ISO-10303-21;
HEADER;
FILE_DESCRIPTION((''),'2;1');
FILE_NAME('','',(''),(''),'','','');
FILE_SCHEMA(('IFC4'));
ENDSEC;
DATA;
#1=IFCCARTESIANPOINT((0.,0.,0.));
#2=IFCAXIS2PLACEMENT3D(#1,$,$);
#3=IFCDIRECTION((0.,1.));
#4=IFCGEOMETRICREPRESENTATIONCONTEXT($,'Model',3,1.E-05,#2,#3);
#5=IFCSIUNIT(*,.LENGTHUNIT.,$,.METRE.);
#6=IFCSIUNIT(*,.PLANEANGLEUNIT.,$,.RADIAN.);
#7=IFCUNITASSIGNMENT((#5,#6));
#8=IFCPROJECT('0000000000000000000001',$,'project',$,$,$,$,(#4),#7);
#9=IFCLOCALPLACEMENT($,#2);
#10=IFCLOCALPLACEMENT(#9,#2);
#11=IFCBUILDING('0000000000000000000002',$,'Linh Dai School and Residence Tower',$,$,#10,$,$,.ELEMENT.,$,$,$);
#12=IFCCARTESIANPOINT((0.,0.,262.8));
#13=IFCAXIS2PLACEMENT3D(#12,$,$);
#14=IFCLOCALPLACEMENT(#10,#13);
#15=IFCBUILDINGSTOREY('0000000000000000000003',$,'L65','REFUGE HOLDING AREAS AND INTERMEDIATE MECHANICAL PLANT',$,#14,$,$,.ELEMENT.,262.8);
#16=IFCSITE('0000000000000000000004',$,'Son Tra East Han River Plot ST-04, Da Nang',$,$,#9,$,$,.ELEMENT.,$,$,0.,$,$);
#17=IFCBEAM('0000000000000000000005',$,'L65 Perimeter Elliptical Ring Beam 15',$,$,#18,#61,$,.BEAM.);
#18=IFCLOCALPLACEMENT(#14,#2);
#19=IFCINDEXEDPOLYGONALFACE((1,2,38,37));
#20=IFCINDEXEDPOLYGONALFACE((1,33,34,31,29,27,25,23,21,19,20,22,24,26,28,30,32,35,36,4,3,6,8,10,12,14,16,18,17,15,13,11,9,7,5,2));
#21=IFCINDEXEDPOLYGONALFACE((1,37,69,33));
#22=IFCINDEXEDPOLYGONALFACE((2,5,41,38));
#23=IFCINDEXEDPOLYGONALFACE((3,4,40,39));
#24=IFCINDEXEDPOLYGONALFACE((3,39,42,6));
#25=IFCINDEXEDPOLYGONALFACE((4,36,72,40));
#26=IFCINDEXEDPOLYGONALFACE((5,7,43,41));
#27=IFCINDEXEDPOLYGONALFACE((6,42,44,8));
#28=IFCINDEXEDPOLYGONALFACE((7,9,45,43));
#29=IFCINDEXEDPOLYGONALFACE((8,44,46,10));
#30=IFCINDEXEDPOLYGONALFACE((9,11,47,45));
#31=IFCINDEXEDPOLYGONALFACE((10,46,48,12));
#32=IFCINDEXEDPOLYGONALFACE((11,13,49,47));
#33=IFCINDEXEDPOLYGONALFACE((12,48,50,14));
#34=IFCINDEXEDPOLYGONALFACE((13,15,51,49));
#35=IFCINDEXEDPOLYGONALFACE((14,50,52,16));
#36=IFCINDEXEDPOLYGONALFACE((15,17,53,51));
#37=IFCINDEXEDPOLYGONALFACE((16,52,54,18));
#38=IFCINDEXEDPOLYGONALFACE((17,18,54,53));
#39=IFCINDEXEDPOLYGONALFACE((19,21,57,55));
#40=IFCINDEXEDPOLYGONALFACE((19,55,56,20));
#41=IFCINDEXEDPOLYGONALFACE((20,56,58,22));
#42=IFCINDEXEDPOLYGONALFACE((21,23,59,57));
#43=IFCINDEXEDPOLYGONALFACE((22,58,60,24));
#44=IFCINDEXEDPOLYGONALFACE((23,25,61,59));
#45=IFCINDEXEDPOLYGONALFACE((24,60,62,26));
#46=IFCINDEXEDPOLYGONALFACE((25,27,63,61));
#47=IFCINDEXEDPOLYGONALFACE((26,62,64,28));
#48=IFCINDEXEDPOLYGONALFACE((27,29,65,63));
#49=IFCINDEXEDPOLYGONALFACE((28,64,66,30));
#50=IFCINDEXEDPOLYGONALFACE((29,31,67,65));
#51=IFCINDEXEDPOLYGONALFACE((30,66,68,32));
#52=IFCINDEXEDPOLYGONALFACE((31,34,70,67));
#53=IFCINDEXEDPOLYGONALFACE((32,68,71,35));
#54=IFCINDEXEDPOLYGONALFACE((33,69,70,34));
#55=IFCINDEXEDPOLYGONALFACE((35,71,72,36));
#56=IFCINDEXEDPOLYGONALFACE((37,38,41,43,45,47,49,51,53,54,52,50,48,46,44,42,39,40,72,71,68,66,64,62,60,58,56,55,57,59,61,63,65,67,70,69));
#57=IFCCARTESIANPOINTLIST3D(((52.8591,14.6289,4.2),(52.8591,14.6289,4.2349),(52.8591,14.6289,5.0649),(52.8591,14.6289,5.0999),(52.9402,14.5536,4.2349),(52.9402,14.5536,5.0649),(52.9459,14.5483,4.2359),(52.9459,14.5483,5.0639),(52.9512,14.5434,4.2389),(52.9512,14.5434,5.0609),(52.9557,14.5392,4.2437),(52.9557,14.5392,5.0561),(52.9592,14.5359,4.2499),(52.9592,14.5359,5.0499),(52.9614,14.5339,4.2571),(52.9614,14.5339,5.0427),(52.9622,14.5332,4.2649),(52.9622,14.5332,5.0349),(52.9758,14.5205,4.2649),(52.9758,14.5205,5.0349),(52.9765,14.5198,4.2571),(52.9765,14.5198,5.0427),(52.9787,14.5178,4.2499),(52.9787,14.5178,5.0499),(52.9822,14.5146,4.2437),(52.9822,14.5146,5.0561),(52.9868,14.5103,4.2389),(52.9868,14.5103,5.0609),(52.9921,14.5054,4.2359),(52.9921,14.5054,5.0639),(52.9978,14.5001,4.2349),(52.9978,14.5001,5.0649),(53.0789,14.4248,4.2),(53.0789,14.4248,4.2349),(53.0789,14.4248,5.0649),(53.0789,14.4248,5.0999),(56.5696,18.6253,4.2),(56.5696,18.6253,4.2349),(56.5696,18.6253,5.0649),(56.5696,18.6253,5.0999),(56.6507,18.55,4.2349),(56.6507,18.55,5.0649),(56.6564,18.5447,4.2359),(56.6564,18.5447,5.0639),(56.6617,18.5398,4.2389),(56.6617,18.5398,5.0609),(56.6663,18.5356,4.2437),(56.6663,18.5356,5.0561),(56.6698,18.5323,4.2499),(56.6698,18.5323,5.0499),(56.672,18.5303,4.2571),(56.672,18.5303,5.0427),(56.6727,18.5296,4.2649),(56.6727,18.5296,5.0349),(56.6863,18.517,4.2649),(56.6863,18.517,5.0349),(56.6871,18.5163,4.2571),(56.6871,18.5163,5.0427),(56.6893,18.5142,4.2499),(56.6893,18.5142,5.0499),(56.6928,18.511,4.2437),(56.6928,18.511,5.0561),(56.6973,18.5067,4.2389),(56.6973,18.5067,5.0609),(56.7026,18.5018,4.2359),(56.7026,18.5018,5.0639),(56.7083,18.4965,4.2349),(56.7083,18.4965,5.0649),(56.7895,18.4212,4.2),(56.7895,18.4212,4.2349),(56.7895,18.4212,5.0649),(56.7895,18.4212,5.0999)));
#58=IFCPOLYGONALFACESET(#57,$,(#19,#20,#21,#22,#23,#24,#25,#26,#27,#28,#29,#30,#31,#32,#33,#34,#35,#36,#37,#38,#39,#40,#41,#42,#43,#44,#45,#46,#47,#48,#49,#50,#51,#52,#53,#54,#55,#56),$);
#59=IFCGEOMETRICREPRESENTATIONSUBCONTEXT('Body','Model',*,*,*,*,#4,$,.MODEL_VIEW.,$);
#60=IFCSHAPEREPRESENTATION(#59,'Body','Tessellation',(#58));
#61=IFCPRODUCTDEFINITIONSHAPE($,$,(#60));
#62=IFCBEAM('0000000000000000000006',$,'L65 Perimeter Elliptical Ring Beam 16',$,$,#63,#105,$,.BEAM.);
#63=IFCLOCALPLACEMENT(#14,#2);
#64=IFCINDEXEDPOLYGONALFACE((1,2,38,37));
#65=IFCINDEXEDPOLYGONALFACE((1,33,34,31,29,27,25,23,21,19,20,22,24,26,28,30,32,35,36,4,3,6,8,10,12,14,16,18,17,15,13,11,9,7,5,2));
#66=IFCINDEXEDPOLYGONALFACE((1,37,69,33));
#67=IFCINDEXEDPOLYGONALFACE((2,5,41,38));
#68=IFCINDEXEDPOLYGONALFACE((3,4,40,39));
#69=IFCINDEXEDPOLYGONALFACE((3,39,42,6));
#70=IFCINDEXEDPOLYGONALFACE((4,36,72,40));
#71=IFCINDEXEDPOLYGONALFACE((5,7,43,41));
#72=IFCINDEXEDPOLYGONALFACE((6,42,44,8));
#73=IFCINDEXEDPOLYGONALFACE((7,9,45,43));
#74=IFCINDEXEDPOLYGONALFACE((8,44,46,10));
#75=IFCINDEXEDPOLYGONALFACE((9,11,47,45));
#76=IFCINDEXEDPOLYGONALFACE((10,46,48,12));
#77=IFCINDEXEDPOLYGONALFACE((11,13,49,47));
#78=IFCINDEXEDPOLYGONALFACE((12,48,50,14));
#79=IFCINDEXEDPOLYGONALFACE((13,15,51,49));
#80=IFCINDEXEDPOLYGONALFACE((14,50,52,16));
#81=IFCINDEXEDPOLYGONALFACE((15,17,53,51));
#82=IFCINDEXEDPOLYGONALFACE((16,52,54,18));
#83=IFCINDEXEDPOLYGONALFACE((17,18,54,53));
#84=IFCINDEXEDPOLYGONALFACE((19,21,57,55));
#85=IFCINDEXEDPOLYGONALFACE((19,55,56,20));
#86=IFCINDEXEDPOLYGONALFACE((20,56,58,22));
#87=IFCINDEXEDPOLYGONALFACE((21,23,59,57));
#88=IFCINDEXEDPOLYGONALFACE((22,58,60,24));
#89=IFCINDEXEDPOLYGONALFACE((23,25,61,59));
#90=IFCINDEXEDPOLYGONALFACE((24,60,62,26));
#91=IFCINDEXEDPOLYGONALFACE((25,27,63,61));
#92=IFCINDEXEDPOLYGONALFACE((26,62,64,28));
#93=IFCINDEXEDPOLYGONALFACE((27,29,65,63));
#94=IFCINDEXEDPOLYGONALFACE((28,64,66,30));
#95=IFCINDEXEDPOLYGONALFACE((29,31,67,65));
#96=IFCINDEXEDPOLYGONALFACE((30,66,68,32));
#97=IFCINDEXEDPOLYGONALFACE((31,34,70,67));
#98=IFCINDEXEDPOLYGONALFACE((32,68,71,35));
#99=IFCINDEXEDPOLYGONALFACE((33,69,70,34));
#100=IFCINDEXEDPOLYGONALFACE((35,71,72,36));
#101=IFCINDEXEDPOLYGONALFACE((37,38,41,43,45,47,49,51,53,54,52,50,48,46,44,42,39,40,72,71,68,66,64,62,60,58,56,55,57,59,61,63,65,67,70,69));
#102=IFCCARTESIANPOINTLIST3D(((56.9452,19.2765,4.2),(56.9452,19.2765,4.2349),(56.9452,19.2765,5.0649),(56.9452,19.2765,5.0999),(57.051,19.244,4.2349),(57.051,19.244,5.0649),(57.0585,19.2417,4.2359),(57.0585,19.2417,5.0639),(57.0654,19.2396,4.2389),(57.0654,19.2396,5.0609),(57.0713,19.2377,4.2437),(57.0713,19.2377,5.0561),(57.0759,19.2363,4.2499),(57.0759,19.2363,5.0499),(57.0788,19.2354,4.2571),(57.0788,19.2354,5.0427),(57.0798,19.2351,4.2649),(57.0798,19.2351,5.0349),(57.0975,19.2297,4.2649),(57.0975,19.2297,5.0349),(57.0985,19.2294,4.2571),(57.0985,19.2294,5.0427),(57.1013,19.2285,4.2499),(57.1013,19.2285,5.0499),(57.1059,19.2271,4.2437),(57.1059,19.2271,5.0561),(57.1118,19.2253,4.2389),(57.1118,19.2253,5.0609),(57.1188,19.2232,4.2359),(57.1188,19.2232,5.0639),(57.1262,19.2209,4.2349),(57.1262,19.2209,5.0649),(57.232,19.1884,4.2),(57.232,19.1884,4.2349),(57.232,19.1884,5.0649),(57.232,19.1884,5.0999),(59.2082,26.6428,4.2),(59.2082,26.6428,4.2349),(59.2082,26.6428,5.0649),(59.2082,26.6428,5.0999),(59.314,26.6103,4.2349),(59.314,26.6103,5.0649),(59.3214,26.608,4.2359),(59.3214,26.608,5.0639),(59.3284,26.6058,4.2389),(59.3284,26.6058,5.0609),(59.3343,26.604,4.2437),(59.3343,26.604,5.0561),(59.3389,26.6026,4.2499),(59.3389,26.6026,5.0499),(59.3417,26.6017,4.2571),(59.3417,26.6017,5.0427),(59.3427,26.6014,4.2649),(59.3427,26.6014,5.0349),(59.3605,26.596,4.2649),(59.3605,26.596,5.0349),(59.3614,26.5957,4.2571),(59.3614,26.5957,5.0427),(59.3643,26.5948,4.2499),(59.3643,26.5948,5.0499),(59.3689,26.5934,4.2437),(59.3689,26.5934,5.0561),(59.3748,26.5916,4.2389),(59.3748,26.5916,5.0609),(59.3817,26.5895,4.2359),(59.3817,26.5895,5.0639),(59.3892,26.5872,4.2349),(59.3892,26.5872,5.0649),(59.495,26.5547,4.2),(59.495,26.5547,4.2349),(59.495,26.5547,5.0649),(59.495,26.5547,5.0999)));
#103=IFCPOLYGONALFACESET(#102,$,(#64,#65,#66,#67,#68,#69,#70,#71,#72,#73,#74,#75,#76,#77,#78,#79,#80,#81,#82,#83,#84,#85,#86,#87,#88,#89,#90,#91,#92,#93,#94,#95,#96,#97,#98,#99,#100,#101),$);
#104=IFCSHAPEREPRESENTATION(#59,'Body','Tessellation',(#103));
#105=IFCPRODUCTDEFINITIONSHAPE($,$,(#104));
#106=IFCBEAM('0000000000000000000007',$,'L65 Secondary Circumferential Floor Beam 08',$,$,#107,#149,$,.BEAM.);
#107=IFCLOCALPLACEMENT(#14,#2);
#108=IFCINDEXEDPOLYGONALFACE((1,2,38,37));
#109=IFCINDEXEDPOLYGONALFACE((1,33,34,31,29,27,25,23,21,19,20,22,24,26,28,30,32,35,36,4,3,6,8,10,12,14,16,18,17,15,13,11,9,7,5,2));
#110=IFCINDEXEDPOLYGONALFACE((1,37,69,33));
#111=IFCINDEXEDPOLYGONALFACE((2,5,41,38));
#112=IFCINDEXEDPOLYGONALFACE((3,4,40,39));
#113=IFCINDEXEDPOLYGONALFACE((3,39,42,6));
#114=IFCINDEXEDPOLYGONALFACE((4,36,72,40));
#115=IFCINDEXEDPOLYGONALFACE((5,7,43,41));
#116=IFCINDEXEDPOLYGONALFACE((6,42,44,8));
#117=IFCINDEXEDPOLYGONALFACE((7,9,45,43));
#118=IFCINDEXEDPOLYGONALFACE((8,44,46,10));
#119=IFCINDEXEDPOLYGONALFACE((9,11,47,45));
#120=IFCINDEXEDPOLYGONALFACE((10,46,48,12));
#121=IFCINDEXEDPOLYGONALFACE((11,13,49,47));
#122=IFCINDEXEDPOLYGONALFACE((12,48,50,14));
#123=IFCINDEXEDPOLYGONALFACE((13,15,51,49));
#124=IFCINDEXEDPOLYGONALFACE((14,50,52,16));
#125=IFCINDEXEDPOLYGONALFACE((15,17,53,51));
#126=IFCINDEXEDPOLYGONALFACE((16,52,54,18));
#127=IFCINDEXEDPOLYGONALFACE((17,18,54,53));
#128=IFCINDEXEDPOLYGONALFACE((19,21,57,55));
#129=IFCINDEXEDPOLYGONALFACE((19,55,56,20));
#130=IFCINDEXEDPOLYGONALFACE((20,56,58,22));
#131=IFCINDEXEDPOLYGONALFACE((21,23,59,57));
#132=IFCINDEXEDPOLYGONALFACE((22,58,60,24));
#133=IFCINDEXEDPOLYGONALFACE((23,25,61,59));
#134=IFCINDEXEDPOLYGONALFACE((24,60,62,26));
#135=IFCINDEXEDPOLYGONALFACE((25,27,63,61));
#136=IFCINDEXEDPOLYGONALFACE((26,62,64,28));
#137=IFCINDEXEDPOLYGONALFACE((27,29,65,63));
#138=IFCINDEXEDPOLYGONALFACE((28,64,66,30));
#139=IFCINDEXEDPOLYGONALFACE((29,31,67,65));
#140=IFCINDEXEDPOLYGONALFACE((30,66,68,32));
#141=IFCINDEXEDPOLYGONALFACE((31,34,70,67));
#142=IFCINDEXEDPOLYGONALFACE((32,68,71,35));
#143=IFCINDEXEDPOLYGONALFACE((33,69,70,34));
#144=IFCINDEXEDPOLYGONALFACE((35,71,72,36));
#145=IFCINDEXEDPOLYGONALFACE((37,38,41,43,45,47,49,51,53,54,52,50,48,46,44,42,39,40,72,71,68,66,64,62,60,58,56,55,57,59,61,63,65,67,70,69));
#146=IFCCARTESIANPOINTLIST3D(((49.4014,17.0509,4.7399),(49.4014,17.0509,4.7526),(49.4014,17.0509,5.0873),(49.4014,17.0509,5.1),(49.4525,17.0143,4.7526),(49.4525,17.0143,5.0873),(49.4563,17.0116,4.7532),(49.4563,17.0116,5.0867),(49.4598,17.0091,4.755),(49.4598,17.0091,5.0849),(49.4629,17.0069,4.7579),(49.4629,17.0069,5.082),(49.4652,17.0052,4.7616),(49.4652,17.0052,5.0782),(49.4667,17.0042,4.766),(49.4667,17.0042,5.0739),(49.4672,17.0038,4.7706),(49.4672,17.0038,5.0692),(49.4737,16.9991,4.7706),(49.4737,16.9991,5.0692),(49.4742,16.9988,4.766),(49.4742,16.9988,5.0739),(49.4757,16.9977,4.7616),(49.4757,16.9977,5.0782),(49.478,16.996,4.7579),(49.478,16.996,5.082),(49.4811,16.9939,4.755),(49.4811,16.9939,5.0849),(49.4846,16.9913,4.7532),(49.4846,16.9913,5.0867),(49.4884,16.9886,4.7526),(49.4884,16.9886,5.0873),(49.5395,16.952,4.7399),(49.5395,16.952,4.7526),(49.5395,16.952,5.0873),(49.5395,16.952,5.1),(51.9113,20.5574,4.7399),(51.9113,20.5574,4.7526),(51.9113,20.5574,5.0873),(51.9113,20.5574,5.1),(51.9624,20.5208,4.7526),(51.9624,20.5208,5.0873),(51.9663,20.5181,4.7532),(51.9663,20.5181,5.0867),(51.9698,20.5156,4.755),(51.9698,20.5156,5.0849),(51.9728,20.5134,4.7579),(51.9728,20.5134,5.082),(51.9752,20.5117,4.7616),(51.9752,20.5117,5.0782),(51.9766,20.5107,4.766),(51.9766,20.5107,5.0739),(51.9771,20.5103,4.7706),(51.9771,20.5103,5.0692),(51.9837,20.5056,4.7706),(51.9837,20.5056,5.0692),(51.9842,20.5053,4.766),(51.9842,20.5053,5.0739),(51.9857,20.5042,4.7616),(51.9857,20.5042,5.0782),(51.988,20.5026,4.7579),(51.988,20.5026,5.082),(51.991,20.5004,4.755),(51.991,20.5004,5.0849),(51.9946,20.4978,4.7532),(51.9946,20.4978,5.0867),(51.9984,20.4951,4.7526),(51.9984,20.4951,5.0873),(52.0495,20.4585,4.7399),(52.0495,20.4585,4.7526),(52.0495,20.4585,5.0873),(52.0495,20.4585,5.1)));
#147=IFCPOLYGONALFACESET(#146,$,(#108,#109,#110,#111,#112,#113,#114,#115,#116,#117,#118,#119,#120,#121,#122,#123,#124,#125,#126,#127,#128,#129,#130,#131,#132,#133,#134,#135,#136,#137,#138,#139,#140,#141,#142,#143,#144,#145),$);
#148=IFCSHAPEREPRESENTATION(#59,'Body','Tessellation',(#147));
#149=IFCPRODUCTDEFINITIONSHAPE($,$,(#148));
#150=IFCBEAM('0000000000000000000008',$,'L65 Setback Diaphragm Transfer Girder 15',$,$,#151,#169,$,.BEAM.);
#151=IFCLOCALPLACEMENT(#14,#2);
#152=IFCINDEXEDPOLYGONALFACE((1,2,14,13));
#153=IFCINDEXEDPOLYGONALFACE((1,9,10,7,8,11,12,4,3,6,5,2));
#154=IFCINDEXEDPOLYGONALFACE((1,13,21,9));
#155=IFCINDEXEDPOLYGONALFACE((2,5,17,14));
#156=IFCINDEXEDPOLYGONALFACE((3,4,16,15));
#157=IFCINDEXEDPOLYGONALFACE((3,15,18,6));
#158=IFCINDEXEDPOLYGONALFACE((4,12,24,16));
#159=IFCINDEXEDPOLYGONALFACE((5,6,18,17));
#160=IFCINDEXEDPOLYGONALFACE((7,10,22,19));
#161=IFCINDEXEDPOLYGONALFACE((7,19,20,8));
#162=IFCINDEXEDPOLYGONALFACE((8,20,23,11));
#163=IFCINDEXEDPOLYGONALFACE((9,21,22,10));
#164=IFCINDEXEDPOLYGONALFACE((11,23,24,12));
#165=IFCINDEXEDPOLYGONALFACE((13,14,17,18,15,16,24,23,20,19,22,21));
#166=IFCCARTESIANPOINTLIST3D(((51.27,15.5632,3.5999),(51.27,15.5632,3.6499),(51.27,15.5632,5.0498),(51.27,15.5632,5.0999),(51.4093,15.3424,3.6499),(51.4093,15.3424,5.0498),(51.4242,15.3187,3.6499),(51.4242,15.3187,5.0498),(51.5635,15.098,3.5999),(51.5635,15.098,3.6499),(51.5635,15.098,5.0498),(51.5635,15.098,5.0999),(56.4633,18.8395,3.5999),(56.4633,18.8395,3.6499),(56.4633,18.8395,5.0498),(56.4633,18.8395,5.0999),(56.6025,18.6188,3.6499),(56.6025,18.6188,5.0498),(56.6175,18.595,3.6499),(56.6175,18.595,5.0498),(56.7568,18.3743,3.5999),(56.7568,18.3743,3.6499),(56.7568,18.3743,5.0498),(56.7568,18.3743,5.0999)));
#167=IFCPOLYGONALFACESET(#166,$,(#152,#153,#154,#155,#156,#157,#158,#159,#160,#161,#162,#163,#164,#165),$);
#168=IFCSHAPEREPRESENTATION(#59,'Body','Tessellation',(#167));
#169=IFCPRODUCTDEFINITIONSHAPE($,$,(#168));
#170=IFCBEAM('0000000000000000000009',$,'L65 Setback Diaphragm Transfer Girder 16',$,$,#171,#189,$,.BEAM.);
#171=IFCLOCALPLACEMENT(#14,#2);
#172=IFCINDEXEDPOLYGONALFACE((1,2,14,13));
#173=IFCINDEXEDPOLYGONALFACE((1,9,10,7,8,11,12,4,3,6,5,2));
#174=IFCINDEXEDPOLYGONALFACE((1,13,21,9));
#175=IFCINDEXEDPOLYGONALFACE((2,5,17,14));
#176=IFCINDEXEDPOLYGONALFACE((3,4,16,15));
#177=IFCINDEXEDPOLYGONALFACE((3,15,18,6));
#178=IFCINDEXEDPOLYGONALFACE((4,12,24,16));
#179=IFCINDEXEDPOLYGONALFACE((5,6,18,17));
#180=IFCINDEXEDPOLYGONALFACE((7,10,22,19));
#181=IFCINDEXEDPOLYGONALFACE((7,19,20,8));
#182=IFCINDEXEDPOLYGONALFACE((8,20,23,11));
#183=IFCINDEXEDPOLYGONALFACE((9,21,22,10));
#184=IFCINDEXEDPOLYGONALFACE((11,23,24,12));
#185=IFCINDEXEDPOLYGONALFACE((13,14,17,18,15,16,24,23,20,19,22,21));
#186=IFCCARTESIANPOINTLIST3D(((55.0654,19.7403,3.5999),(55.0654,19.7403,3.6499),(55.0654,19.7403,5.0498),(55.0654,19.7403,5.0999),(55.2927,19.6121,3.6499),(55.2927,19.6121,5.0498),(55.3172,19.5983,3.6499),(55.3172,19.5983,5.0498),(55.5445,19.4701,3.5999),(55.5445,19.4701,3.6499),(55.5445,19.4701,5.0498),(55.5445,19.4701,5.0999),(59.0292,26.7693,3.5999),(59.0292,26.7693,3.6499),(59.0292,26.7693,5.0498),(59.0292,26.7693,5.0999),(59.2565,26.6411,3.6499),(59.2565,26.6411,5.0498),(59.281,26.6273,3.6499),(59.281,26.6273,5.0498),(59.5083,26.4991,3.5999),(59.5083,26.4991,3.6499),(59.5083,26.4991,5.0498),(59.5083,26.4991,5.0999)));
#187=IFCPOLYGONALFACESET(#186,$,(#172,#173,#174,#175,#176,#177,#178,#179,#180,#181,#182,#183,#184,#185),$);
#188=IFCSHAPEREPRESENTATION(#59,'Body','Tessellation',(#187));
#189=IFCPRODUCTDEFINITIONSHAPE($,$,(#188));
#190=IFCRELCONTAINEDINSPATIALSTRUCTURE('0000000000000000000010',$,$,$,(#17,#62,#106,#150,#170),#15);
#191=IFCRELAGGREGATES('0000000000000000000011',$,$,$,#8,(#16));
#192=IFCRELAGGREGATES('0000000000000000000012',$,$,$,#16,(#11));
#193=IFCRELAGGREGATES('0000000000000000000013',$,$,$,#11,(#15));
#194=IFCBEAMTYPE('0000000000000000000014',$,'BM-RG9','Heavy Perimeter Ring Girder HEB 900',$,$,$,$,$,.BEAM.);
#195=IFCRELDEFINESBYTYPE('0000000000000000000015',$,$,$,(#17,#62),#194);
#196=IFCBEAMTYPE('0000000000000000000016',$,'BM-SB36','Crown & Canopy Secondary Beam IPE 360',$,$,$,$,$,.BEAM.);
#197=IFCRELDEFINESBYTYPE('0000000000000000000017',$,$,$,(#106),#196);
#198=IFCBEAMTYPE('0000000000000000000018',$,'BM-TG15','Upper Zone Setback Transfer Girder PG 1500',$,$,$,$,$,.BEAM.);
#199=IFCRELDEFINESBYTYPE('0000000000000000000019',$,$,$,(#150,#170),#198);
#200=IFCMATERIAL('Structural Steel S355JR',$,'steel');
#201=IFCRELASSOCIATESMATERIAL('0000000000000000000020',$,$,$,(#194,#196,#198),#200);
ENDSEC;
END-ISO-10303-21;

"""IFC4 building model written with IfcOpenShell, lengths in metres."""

from ifc_helpers import new_model, si_unit, direction, frame, origin, origin_2d, place, context, subcontext, project, spatial, i_section, extrude, material, material_profile, profile_set, type_object, element, save


model = new_model("IFC4")

# Units and contexts
model_context = context("Model", 3, precision=1e-05, world=origin(), true_north=direction((0.0, 1.0)))
body_context = subcontext(model_context, "Body", "Model", "MODEL_VIEW")
ifc_project = project(units=[si_unit("LENGTHUNIT", "METRE"), si_unit("PLANEANGLEUNIT", "RADIAN")], contexts=[model_context])

# Site, building, storey
site_placement = place(None, origin())
site = spatial("IfcSite", under=ifc_project, at=site_placement, Name="Son Tra East Han River Plot ST-04, Da Nang", CompositionType="ELEMENT", RefElevation=0.0)
building_placement = place(site_placement, origin())
building = spatial("IfcBuilding", under=site, at=building_placement, Name="Linh Dai School and Residence Tower", CompositionType="ELEMENT")
storey_placement = place(building_placement, frame((0.0, 0.0, 262.8)))
storey = spatial("IfcBuildingStorey", under=building, at=storey_placement, Name="L65", Description="REFUGE HOLDING AREAS AND INTERMEDIATE MECHANICAL PLANT", CompositionType="ELEMENT", Elevation=262.8)

# Shared definitions
ifc_material_1 = material(Name="Structural Steel S355JR", Category="steel")

# Beams
ifc_material_profile_1 = material_profile(ifc_material_1, i_section(OverallWidth=0.3, OverallDepth=0.8999, WebThickness=0.0186, FlangeThickness=0.0349, FilletRadius=0.03, at=origin_2d()), Name="HEB 900")
ifc_profile_set_1 = profile_set([ifc_material_profile_1], Name="Structural Steel S355JR")
beam_type_1 = type_object("IfcBeamType", Name="BM-RG9", Description="Heavy Perimeter Ring Girder HEB 900", PredefinedType="BEAM", material=ifc_profile_set_1)
beam_1_placement = place(storey_placement, frame((52.969, 14.5269, 4.6499), z_axis=(0.680408, 0.732833, 0.0), x_axis=(-0.732833, 0.680408, 0.0)))
element("IfcBeam", 1, at=beam_1_placement, inside=storey, type_object=beam_type_1, Name="L65 Perimeter Elliptical Ring Beam 15", PredefinedType="BEAM", context=body_context, shape_type="SweptSolid", body=[
    extrude(i_section(OverallWidth=0.3, OverallDepth=0.8999, WebThickness=0.0186, FlangeThickness=0.0349, FilletRadius=0.03, at=origin_2d()), origin(), (0.0, 0.0, 1.0), 5.4534),
])
beam_2_placement = place(storey_placement, frame((57.0886, 19.2324, 4.6499), z_axis=(0.293661, 0.95591, 0.0), x_axis=(-0.95591, 0.293661, 0.0)))
element("IfcBeam", 2, at=beam_2_placement, inside=storey, type_object=beam_type_1, Name="L65 Perimeter Elliptical Ring Beam 16", PredefinedType="BEAM", context=body_context, shape_type="SweptSolid", body=[
    extrude(i_section(OverallWidth=0.3, OverallDepth=0.8999, WebThickness=0.0186, FlangeThickness=0.0349, FilletRadius=0.03, at=origin_2d()), origin(), (0.0, 0.0, 1.0), 7.7061),
])
ifc_material_profile_2 = material_profile(ifc_material_1, i_section(OverallWidth=0.1699, OverallDepth=0.3601, WebThickness=0.0081, FlangeThickness=0.0127, FilletRadius=0.0181, at=origin_2d()), Name="IPE 360")
ifc_profile_set_2 = profile_set([ifc_material_profile_2], Name="Structural Steel S355JR")
beam_type_2 = type_object("IfcBeamType", Name="BM-SB36", Description="Crown & Canopy Secondary Beam IPE 360", PredefinedType="BEAM", material=ifc_profile_set_2)
beam_3_placement = place(storey_placement, frame((49.4705, 17.0015, 4.9199), z_axis=(0.582052, 0.813152, 0.0), x_axis=(-0.813152, 0.582052, 0.0)))
element("IfcBeam", 3, at=beam_3_placement, inside=storey, type_object=beam_type_2, Name="L65 Secondary Circumferential Floor Beam 08", PredefinedType="BEAM", context=body_context, shape_type="SweptSolid", body=[
    extrude(i_section(OverallWidth=0.1699, OverallDepth=0.3601, WebThickness=0.0081, FlangeThickness=0.0127, FilletRadius=0.0181, at=origin_2d()), origin(), (0.0, 0.0, 1.0), 4.3123),
])
ifc_material_profile_3 = material_profile(ifc_material_1, i_section(OverallWidth=0.55, OverallDepth=1.5, WebThickness=0.0281, FlangeThickness=0.05, at=origin_2d()), Name="PG 1500x550x28x50")
ifc_profile_set_3 = profile_set([ifc_material_profile_3], Name="Structural Steel S355JR")
beam_type_3 = type_object("IfcBeamType", Name="BM-TG15", Description="Upper Zone Setback Transfer Girder PG 1500", PredefinedType="BEAM", material=ifc_profile_set_3)
beam_4_placement = place(storey_placement, frame((51.4167, 15.3306, 4.3499), z_axis=(0.845757, 0.533568, 0.0), x_axis=(-0.533568, 0.845757, 0.0)))
element("IfcBeam", 4, at=beam_4_placement, inside=storey, type_object=beam_type_3, Name="L65 Setback Diaphragm Transfer Girder 15", PredefinedType="BEAM", context=body_context, shape_type="SweptSolid", body=[
    extrude(i_section(OverallWidth=0.55, OverallDepth=1.5, WebThickness=0.0281, FlangeThickness=0.05, at=origin_2d()), origin(), (0.0, 0.0, 1.0), 6.1404),
])
beam_5_placement = place(storey_placement, frame((55.3049, 19.6052, 4.3499), z_axis=(0.491205, 0.871044, 0.0), x_axis=(-0.871044, 0.491205, 0.0)))
element("IfcBeam", 5, at=beam_5_placement, inside=storey, type_object=beam_type_3, Name="L65 Setback Diaphragm Transfer Girder 16", PredefinedType="BEAM", context=body_context, shape_type="SweptSolid", body=[
    extrude(i_section(OverallWidth=0.55, OverallDepth=1.5, WebThickness=0.0281, FlangeThickness=0.05, at=origin_2d()), origin(), (0.0, 0.0, 1.0), 8.0696),
])

save(model, "model.ifc")
